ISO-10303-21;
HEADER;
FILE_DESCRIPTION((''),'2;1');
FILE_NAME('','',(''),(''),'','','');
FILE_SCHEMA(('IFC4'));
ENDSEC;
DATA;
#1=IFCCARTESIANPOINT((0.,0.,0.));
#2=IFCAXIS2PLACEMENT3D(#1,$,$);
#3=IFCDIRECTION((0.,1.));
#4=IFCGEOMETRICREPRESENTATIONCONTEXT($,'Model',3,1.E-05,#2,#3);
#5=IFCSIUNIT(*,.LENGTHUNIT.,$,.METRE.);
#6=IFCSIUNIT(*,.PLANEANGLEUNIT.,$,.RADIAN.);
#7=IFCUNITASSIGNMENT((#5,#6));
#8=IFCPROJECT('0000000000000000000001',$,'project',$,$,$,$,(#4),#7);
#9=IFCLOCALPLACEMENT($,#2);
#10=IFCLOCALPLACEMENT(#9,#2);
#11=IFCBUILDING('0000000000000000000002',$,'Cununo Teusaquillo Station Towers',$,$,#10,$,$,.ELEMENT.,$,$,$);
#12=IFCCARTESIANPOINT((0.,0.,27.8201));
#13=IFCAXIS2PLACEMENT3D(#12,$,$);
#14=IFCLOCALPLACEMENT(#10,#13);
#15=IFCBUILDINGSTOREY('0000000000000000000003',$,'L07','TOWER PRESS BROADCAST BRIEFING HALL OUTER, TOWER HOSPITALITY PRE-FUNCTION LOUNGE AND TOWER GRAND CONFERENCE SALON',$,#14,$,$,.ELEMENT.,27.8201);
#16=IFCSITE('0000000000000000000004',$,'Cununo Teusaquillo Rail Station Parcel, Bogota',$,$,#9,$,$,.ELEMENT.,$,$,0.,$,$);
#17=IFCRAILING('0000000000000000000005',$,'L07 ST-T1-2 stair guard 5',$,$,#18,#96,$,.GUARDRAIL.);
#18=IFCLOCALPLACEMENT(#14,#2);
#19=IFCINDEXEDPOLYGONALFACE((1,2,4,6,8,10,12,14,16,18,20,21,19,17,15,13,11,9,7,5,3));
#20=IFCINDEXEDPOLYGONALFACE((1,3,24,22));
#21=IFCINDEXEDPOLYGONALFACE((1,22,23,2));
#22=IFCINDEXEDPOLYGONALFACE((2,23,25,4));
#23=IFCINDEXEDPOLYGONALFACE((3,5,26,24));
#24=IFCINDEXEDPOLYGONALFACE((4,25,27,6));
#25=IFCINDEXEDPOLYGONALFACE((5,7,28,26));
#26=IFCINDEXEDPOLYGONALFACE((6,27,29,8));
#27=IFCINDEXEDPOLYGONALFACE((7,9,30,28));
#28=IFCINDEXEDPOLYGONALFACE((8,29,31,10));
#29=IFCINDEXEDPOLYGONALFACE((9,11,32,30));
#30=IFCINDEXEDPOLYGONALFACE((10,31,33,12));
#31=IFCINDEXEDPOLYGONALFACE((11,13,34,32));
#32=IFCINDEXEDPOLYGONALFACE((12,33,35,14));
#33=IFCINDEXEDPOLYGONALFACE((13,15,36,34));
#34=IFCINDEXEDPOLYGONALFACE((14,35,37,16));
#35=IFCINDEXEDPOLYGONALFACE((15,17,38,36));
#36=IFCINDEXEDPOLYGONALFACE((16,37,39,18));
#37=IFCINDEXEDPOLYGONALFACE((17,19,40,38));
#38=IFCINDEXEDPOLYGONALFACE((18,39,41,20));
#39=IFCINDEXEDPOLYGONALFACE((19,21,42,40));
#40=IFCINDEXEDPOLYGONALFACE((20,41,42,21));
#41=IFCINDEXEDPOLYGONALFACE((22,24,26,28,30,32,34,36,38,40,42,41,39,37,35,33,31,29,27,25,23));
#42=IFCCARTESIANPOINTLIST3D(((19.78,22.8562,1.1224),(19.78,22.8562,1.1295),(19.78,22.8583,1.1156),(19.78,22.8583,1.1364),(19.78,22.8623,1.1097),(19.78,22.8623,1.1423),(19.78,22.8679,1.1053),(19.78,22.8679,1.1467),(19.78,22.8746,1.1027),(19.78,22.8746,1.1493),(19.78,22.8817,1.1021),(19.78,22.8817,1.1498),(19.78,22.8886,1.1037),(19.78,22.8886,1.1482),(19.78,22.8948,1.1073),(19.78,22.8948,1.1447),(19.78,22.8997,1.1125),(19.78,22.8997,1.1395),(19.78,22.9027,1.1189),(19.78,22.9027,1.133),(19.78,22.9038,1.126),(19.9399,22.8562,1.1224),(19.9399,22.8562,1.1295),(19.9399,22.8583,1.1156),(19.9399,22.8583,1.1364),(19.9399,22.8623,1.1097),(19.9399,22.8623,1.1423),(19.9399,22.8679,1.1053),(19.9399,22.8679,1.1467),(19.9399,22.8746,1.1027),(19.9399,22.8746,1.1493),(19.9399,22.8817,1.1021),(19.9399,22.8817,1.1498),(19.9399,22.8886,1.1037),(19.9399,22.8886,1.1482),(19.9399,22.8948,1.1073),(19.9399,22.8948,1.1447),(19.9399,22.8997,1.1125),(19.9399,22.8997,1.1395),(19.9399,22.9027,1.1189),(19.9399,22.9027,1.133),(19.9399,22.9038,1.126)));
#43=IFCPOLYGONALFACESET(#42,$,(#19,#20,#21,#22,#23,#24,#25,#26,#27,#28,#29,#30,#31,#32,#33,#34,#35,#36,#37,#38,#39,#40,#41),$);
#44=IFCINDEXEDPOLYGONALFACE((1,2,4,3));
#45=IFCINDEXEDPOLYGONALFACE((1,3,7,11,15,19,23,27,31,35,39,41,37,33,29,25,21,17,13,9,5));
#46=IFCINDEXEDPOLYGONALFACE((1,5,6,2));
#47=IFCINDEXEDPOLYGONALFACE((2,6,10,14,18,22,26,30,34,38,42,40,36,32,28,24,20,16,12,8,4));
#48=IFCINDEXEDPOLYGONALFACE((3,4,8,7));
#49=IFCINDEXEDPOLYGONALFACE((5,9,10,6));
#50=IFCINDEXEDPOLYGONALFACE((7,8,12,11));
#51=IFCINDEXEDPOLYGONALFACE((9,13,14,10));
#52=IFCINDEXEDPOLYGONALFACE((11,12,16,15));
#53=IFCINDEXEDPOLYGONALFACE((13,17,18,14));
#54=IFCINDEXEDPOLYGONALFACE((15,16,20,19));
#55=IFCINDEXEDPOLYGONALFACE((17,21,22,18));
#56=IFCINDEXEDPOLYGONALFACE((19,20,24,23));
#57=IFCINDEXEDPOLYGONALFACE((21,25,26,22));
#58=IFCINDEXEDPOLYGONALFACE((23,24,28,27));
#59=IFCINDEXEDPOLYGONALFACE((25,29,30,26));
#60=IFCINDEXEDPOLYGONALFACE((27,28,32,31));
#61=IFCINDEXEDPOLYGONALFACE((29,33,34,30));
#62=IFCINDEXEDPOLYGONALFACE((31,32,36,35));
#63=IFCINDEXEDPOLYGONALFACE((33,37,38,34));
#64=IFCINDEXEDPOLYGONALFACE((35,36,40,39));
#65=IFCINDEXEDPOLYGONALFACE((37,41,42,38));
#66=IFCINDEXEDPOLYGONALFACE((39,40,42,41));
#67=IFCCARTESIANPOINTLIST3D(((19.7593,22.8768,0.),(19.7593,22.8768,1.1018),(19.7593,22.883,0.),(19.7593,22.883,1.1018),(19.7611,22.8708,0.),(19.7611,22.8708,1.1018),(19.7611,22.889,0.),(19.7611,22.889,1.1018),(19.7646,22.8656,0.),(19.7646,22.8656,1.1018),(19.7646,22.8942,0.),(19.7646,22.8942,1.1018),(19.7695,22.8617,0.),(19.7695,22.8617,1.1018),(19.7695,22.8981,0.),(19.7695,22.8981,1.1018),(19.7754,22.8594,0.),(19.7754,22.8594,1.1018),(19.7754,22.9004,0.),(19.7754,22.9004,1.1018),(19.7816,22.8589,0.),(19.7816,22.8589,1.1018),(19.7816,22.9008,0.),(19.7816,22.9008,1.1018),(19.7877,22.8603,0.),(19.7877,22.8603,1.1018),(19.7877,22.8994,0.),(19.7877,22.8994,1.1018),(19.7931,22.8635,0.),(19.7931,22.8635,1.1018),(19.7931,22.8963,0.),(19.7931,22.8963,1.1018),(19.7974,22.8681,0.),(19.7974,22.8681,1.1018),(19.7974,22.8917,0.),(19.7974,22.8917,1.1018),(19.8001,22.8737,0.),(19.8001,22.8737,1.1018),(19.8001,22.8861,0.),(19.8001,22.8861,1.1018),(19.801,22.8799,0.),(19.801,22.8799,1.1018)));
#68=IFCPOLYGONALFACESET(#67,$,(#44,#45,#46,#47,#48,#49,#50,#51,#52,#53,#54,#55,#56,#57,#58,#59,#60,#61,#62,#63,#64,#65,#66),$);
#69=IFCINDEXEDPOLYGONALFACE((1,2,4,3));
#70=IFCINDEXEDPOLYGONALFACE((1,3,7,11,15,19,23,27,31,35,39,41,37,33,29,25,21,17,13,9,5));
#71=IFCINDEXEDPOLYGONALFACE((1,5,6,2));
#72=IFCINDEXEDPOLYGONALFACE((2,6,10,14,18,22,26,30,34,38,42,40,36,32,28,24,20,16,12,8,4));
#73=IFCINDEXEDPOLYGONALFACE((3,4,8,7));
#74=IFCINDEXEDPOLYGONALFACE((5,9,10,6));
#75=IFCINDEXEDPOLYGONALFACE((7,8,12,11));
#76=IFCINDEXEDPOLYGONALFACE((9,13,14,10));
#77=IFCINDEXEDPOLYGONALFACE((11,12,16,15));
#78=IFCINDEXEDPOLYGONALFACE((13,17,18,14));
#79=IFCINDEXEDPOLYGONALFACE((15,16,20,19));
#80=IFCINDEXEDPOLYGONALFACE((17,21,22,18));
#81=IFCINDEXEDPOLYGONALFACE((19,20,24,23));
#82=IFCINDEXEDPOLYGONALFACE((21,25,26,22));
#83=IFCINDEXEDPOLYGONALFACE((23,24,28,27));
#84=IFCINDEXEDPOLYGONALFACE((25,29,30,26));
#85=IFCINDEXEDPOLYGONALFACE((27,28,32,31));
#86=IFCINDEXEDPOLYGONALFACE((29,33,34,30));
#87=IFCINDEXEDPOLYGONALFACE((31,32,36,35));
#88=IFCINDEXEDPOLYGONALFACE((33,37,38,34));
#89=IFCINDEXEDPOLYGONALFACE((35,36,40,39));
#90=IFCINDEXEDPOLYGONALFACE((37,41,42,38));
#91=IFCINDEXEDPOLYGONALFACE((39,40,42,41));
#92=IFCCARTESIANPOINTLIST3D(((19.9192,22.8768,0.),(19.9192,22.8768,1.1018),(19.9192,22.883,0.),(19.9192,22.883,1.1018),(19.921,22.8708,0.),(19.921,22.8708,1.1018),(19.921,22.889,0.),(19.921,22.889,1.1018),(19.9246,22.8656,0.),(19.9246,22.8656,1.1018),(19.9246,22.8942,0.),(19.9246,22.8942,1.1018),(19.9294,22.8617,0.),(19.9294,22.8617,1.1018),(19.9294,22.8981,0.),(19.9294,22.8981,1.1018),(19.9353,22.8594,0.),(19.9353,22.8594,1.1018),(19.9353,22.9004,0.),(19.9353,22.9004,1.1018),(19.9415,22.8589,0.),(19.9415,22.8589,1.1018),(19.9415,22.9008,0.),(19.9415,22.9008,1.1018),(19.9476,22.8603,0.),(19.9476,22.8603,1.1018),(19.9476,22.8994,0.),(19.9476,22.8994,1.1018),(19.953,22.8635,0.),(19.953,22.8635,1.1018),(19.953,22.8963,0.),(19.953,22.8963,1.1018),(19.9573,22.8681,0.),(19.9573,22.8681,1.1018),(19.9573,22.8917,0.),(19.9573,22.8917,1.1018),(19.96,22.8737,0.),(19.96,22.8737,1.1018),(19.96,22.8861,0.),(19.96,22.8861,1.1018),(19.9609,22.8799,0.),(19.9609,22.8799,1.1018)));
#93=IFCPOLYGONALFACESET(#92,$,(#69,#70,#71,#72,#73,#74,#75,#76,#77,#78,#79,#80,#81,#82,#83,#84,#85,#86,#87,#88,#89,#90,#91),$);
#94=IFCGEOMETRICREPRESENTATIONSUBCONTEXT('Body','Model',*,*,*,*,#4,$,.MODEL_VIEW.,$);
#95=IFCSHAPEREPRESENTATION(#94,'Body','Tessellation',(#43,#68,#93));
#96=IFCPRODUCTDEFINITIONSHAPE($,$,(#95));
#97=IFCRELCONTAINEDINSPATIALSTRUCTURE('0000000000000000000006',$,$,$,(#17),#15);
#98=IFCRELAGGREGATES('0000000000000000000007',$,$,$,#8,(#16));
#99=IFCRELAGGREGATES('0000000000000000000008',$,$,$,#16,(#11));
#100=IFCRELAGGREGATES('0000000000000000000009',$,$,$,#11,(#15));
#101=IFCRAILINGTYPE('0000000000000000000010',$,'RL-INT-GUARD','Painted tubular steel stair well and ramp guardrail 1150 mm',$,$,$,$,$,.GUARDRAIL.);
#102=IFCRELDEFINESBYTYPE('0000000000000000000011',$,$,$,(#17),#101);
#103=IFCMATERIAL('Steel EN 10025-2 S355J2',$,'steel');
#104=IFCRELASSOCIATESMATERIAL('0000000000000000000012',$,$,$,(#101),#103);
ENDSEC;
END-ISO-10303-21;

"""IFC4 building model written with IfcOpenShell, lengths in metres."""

from ifc_helpers import new_model, si_unit, direction, frame, origin, origin_2d, place, context, subcontext, project, spatial, circle, extrude, material, type_object, element, save


model = new_model("IFC4")

# Units and contexts
model_context = context("Model", 3, precision=1e-05, world=origin(), true_north=direction((0.0, 1.0)))
body_context = subcontext(model_context, "Body", "Model", "MODEL_VIEW")
ifc_project = project(units=[si_unit("LENGTHUNIT", "METRE"), si_unit("PLANEANGLEUNIT", "RADIAN")], contexts=[model_context])

# Site, building, storey
site_placement = place(None, origin())
site = spatial("IfcSite", under=ifc_project, at=site_placement, Name="Cununo Teusaquillo Rail Station Parcel, Bogota", CompositionType="ELEMENT", RefElevation=0.0)
building_placement = place(site_placement, origin())
building = spatial("IfcBuilding", under=site, at=building_placement, Name="Cununo Teusaquillo Station Towers", CompositionType="ELEMENT")
storey_placement = place(building_placement, frame((0.0, 0.0, 27.8201)))
storey = spatial("IfcBuildingStorey", under=building, at=storey_placement, Name="L07", Description="TOWER PRESS BROADCAST BRIEFING HALL OUTER, TOWER HOSPITALITY PRE-FUNCTION LOUNGE AND TOWER GRAND CONFERENCE SALON", CompositionType="ELEMENT", Elevation=27.8201)

# Railing
ifc_material_1 = material(Name="Steel EN 10025-2 S355J2", Category="steel")
railing_type_1 = type_object("IfcRailingType", Name="RL-INT-GUARD", Description="Painted tubular steel stair well and ramp guardrail 1150 mm", PredefinedType="GUARDRAIL", material=ifc_material_1)
railing_1_placement = place(storey_placement, frame((19.78, 22.8799, 0.0)))
element("IfcRailing", 1, at=railing_1_placement, inside=storey, type_object=railing_type_1, Name="L07 ST-T1-2 stair guard 5", PredefinedType="GUARDRAIL", context=body_context, shape_type="SweptSolid", body=[
    extrude(circle(Radius=0.0239, at=origin_2d()), frame((0.0, 0.0, 1.126), z_axis=(1.0, 0.0, 0.0), x_axis=(0.0, 1.0, 0.0)), (0.0, 0.0, 1.0), 0.1599),
    extrude(circle(Radius=0.021, at=origin_2d()), origin(), (0.0, 0.0, 1.0), 1.1018),
    extrude(circle(Radius=0.021, at=origin_2d()), frame((0.1599, 0.0, 0.0)), (0.0, 0.0, 1.0), 1.1018),
])

save(model, "model.ifc")
